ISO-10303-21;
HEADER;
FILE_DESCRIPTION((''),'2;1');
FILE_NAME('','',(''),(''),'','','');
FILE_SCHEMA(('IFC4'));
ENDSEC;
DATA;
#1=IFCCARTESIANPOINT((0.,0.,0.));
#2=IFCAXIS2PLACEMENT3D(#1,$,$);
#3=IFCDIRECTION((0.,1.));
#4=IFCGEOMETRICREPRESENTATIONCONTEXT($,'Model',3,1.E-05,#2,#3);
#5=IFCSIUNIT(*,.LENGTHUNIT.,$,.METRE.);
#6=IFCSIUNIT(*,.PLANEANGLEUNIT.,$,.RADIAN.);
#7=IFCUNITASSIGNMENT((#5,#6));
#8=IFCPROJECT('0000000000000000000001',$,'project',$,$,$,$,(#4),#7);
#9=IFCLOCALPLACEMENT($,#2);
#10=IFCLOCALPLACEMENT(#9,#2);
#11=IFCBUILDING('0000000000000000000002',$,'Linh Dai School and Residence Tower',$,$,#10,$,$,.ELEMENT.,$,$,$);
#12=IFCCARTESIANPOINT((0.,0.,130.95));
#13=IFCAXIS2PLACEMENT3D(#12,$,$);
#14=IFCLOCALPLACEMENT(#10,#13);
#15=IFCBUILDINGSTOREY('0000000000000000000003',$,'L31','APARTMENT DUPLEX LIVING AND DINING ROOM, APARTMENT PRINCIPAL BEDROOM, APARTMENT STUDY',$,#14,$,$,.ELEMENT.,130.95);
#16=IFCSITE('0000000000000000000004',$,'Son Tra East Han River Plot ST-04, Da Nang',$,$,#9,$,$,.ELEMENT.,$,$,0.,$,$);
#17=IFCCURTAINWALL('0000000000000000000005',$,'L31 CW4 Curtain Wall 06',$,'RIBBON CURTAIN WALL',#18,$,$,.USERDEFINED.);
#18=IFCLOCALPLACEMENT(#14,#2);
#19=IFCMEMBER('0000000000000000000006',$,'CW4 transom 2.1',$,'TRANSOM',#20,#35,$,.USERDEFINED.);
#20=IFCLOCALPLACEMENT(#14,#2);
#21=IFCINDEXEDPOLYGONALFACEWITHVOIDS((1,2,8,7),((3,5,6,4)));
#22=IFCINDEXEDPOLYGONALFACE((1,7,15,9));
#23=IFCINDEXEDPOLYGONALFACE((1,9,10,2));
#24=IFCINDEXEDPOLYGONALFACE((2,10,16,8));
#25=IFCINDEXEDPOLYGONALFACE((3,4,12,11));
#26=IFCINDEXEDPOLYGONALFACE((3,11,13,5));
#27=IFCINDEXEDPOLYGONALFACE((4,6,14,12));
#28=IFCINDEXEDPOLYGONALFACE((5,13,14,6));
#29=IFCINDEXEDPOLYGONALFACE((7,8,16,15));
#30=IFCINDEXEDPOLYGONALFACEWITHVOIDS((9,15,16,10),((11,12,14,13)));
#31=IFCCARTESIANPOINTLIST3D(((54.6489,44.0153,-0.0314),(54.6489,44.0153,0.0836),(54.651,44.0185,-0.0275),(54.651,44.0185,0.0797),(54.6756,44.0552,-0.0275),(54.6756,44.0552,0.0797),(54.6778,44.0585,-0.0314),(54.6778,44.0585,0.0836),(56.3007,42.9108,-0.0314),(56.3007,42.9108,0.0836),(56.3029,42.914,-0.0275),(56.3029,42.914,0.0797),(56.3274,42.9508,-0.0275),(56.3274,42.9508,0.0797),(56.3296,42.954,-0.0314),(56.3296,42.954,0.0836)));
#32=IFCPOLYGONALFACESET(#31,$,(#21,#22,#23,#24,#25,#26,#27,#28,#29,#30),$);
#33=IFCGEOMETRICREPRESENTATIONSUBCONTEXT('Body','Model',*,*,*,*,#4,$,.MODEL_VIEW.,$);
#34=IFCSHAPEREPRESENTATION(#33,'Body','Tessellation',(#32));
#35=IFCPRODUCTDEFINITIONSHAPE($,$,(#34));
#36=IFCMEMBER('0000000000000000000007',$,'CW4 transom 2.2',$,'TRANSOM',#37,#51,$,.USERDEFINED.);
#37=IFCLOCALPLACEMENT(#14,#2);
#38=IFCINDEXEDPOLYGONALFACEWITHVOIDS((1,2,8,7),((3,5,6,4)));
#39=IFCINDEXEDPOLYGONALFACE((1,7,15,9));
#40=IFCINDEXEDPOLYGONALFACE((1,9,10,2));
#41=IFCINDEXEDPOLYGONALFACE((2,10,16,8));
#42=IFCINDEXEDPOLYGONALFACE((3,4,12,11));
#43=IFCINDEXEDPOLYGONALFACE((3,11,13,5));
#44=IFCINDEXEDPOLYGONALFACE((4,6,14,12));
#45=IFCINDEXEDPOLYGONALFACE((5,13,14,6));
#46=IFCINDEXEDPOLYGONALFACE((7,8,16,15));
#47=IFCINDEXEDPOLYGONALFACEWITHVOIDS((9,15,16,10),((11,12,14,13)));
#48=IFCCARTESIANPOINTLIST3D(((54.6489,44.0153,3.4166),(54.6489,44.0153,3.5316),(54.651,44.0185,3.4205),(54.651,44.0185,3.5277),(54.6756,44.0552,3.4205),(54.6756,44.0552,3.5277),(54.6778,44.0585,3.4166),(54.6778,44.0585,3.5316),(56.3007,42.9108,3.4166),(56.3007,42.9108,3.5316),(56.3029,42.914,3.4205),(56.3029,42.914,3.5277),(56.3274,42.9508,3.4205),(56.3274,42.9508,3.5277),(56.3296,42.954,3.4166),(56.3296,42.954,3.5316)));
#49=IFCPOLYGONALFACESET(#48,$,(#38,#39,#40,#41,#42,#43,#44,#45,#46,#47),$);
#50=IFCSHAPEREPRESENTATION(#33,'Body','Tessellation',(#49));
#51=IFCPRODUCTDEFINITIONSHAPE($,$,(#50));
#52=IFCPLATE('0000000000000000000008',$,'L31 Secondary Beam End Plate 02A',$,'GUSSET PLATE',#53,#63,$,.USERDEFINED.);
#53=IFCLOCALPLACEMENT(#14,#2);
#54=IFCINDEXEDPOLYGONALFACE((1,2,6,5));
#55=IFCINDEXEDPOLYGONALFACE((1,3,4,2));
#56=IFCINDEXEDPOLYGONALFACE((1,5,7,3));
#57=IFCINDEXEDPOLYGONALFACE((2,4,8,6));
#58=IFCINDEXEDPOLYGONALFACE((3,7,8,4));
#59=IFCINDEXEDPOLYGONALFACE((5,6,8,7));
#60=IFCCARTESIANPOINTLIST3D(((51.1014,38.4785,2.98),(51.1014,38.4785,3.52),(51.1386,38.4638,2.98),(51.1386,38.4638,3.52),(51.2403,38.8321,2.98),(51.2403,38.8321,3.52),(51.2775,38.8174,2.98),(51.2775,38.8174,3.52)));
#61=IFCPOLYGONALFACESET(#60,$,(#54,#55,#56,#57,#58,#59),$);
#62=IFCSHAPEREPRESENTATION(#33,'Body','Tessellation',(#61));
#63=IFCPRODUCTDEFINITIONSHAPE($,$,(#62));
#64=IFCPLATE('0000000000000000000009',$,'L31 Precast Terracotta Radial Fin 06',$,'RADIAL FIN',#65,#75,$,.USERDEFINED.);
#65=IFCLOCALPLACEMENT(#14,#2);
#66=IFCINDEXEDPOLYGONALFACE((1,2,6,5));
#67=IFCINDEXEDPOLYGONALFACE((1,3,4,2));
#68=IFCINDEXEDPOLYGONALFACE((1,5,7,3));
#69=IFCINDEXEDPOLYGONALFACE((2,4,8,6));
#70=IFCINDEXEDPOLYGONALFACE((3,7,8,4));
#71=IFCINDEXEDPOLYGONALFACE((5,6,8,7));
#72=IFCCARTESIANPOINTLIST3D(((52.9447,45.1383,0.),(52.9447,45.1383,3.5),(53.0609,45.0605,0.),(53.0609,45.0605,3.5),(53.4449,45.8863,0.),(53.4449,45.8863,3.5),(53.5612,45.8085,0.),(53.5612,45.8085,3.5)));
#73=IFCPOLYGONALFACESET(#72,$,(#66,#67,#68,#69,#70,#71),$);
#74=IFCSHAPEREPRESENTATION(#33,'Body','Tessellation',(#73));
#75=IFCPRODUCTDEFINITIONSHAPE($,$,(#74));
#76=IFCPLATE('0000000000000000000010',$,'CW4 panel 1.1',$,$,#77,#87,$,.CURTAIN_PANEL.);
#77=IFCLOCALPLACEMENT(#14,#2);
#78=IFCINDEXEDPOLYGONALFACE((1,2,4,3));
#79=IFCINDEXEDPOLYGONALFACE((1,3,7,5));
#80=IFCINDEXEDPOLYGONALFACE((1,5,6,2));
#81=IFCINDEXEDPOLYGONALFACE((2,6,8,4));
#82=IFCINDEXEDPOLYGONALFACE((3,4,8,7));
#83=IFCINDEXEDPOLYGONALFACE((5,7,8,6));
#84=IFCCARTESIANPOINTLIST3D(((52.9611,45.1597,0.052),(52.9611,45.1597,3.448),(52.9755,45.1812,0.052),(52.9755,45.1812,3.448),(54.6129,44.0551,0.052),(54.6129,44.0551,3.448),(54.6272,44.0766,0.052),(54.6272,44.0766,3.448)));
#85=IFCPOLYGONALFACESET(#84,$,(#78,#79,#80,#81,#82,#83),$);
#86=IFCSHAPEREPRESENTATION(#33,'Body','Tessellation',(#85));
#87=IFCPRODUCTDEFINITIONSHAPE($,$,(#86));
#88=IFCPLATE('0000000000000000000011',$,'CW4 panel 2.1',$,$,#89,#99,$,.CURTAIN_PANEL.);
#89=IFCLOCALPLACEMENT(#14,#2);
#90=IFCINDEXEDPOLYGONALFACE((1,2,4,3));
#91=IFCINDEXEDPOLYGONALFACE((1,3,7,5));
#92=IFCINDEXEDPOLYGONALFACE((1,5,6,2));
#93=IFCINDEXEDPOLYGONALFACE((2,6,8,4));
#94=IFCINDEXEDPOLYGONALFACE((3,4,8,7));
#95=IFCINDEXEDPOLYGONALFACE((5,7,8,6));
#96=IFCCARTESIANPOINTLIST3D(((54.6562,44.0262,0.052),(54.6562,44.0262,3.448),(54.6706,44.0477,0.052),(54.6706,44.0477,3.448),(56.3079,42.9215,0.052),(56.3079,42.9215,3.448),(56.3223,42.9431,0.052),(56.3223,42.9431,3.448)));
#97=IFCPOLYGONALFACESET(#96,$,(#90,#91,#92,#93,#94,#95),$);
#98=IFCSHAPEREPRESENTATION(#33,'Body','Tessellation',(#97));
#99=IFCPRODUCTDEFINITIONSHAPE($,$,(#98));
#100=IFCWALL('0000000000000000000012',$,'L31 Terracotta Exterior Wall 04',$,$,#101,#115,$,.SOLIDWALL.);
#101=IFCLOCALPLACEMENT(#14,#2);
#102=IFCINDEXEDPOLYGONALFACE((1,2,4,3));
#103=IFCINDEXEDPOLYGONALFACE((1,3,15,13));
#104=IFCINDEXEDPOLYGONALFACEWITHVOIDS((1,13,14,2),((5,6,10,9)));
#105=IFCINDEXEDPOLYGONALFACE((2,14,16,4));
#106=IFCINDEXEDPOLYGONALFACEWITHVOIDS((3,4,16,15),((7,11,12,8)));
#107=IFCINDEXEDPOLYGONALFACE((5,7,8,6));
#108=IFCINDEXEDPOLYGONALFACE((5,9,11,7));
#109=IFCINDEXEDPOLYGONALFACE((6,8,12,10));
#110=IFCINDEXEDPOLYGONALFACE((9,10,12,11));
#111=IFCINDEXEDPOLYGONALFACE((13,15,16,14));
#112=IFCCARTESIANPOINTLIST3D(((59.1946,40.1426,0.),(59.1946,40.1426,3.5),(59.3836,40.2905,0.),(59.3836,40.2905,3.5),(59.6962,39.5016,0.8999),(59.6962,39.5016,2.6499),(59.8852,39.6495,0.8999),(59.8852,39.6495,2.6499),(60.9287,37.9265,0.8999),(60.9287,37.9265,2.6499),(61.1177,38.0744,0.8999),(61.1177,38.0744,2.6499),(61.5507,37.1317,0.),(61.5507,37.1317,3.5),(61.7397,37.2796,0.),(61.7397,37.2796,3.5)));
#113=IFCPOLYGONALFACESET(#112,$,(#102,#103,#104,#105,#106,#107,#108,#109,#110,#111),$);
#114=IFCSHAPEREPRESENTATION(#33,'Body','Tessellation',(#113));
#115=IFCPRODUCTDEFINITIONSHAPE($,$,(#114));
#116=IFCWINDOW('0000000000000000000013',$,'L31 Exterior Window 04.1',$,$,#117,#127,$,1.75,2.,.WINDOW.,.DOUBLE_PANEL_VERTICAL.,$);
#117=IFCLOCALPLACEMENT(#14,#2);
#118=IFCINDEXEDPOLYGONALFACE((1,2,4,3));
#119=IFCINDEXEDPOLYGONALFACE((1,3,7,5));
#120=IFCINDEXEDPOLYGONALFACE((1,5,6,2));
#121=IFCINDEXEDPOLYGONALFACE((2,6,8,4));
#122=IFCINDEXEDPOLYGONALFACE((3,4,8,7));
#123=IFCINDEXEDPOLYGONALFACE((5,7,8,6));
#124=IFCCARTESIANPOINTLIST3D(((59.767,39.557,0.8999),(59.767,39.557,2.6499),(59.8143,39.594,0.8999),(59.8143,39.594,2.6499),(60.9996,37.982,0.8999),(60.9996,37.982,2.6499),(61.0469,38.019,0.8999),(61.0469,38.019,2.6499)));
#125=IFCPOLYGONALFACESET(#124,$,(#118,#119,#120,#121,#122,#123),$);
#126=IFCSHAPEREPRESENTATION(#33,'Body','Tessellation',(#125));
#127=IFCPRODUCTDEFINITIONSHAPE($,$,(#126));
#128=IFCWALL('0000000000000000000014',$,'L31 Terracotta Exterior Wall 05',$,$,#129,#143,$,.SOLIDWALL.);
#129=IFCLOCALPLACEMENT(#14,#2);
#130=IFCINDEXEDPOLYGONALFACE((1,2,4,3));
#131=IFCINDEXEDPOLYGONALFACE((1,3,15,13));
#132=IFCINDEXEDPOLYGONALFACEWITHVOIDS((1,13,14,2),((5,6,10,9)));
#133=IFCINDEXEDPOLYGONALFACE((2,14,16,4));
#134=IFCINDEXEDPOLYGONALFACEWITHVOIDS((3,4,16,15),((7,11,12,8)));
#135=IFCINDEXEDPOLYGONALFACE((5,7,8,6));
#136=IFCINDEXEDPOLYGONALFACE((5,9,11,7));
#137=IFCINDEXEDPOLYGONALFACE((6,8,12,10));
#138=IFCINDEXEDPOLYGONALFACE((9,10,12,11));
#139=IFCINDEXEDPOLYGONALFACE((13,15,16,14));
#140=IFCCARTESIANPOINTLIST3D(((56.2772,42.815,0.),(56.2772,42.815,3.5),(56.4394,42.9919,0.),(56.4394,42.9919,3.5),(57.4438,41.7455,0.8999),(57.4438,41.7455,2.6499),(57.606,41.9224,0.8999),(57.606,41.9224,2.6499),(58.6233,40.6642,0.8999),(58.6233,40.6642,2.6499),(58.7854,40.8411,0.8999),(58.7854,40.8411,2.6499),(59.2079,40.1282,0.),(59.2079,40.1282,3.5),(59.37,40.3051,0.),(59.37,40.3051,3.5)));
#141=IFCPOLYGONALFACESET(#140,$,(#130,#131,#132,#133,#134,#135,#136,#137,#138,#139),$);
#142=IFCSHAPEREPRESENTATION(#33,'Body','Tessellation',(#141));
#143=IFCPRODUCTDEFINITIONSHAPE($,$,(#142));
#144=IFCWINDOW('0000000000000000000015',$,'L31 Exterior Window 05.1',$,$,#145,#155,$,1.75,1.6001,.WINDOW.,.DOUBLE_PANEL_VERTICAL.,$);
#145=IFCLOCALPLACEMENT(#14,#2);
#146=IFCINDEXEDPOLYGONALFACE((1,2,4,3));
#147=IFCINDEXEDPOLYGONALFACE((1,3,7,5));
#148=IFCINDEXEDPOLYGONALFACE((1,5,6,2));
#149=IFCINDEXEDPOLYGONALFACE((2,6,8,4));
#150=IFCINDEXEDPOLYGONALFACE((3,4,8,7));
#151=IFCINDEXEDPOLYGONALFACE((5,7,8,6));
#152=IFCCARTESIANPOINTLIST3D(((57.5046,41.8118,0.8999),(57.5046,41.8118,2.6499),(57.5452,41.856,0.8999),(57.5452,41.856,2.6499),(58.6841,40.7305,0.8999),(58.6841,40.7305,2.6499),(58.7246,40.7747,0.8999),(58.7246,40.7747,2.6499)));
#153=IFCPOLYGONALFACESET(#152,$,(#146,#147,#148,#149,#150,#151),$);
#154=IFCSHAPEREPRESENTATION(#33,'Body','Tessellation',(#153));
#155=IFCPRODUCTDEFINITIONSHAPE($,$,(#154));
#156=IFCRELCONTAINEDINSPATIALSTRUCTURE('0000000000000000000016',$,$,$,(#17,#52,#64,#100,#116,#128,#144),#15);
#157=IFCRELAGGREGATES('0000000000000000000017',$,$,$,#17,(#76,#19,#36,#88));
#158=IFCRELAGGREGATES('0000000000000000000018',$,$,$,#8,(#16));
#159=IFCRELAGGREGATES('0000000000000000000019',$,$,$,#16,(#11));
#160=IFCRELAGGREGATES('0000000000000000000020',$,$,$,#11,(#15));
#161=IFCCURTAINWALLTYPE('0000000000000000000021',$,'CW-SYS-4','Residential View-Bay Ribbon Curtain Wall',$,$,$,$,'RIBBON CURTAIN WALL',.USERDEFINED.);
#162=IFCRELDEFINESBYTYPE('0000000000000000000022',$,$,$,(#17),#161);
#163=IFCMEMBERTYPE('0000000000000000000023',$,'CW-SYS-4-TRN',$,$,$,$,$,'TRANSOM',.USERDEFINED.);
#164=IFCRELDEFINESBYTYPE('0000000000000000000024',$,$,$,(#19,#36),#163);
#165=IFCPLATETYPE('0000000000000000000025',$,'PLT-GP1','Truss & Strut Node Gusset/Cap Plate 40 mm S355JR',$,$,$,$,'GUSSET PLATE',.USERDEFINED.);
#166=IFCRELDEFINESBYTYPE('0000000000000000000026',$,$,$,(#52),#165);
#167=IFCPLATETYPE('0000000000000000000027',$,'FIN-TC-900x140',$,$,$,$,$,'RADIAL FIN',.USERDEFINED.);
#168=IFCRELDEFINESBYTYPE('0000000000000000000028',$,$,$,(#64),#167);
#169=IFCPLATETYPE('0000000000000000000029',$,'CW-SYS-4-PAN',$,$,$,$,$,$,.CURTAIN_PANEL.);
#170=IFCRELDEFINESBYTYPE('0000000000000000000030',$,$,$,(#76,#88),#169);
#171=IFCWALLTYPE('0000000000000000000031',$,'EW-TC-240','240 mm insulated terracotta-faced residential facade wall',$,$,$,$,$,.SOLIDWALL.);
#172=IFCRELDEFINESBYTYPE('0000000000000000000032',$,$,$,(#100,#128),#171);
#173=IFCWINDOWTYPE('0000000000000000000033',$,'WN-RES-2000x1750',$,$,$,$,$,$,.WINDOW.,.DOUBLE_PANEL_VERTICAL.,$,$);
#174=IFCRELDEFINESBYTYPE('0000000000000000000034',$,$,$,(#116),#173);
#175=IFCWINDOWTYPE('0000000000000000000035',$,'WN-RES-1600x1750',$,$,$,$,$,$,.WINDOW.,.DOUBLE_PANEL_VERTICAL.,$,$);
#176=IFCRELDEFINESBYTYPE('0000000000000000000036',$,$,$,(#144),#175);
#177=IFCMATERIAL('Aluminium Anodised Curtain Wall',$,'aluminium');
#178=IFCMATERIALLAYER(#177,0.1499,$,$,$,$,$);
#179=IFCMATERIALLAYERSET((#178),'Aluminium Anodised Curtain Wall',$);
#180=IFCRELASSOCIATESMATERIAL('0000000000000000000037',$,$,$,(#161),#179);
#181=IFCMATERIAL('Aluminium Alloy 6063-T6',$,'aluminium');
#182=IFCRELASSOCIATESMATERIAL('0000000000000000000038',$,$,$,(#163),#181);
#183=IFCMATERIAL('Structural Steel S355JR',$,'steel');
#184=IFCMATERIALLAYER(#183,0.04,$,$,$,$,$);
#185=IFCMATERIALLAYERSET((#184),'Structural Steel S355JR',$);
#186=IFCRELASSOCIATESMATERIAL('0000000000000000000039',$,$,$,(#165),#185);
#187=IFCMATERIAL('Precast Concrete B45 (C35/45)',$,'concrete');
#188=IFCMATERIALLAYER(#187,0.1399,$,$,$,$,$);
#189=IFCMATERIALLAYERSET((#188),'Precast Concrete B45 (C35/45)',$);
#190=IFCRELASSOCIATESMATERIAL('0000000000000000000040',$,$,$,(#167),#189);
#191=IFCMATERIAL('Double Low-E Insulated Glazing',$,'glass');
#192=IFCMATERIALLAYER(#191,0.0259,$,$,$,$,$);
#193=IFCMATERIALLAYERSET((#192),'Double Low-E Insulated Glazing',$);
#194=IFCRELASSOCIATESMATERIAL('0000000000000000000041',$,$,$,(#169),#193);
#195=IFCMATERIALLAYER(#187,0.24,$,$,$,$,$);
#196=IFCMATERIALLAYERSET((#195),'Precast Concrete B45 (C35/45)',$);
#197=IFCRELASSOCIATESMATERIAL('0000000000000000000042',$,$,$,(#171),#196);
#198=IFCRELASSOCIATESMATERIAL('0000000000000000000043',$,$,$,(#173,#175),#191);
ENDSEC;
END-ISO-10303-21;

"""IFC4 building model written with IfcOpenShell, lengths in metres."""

from ifc_helpers import new_model, si_unit, direction, frame, frame_2d, origin, origin_2d, place, context, subcontext, project, spatial, rectangle, hollow_rectangle, extrude, source, transform, mapped, material, layer, layer_set, material_profile, profile_set, type_object, element, fill, aggregate, save


model = new_model("IFC4")

# Units and contexts
model_context = context("Model", 3, precision=1e-05, world=origin(), true_north=direction((0.0, 1.0)))
body_context = subcontext(model_context, "Body", "Model", "MODEL_VIEW")
ifc_project = project(units=[si_unit("LENGTHUNIT", "METRE"), si_unit("PLANEANGLEUNIT", "RADIAN")], contexts=[model_context])

# Site, building, storey
site_placement = place(None, origin())
site = spatial("IfcSite", under=ifc_project, at=site_placement, Name="Son Tra East Han River Plot ST-04, Da Nang", CompositionType="ELEMENT", RefElevation=0.0)
building_placement = place(site_placement, origin())
building = spatial("IfcBuilding", under=site, at=building_placement, Name="Linh Dai School and Residence Tower", CompositionType="ELEMENT")
storey_placement = place(building_placement, frame((0.0, 0.0, 130.95)))
storey = spatial("IfcBuildingStorey", under=building, at=storey_placement, Name="L31", Description="APARTMENT DUPLEX LIVING AND DINING ROOM, APARTMENT PRINCIPAL BEDROOM, APARTMENT STUDY", CompositionType="ELEMENT", Elevation=130.95)

# Shared definitions
ifc_material_1 = material(Name="Structural Steel S355JR", Category="steel")

# Curtain wall, members
ifc_material_2 = material(Name="Aluminium Anodised Curtain Wall", Category="aluminium")
ifc_layer_1 = layer(ifc_material_2, 0.1499)
ifc_layer_set_1 = layer_set([ifc_layer_1], Name="Aluminium Anodised Curtain Wall")
curtain_wall_type = type_object("IfcCurtainWallType", Name="CW-SYS-4", Description="Residential View-Bay Ribbon Curtain Wall", ElementType="RIBBON CURTAIN WALL", PredefinedType="USERDEFINED", material=ifc_layer_set_1)
curtain_wall_placement = place(storey_placement, origin())
curtain_wall = element("IfcCurtainWall", 1, at=curtain_wall_placement, inside=storey, type_object=curtain_wall_type, Name="L31 CW4 Curtain Wall 06", ObjectType="RIBBON CURTAIN WALL", PredefinedType="USERDEFINED")
ifc_material_3 = material(Name="Aluminium Alloy 6063-T6", Category="aluminium")
ifc_material_profile_1 = material_profile(ifc_material_3, hollow_rectangle(XDim=0.052, YDim=0.115, WallThickness=0.0039, at=origin_2d()), Name="RHS 115x52x4")
ifc_profile_set_1 = profile_set([ifc_material_profile_1], Name="Aluminium Alloy 6063-T6")
member_type_1 = type_object("IfcMemberType", Name="CW-SYS-4-TRN", ElementType="TRANSOM", PredefinedType="USERDEFINED", material=ifc_profile_set_1)
shared_shape_1 = source(origin(), body_context, "Body", "SweptSolid", [
    extrude(hollow_rectangle(XDim=0.052, YDim=0.115, WallThickness=0.0039, at=origin_2d()), origin(), (0.0, 0.0, 1.0), 1.9871),
])
member_1_placement = place(storey_placement, frame((54.6633, 44.0369, 0.0261), z_axis=(0.831293, -0.555834, 0.0), x_axis=(0.555834, 0.831293, 0.0)))
member_1 = element("IfcMember", 2, at=member_1_placement, type_object=member_type_1, Name="CW4 transom 2.1", ObjectType="TRANSOM", PredefinedType="USERDEFINED", context=body_context, shape_type="MappedRepresentation", body=[
    mapped(shared_shape_1, transform((0.0, 0.0, 0.0), x_axis=(1.0, 0.0, 0.0), y_axis=(0.0, 1.0, 0.0), z_axis=(0.0, 0.0, 1.0), scale=1.0)),
])
member_2_placement = place(storey_placement, frame((54.6633, 44.0369, 3.4741), z_axis=(0.831293, -0.555834, 0.0), x_axis=(0.555834, 0.831293, 0.0)))
member_2 = element("IfcMember", 3, at=member_2_placement, type_object=member_type_1, Name="CW4 transom 2.2", ObjectType="TRANSOM", PredefinedType="USERDEFINED", context=body_context, shape_type="MappedRepresentation", body=[
    mapped(shared_shape_1, transform((0.0, 0.0, 0.0), x_axis=(1.0, 0.0, 0.0), y_axis=(0.0, 1.0, 0.0), z_axis=(0.0, 0.0, 1.0), scale=1.0)),
])

# Plates
ifc_layer_2 = layer(ifc_material_1, 0.04)
ifc_layer_set_2 = layer_set([ifc_layer_2], Name="Structural Steel S355JR")
plate_type_1 = type_object("IfcPlateType", Name="PLT-GP1", Description="Truss & Strut Node Gusset/Cap Plate 40 mm S355JR", ElementType="GUSSET PLATE", PredefinedType="USERDEFINED", material=ifc_layer_set_2)
shared_shape_2 = source(origin(), body_context, "Body", "SweptSolid", [
    extrude(rectangle(XDim=0.04, YDim=0.3799, at=origin_2d()), origin(), (0.0, 0.0, 1.0), 0.54),
])
plate_1_placement = place(storey_placement, frame((51.1895, 38.6479, 2.98), z_axis=(0.0, 0.0, 1.0), x_axis=(-0.930752, 0.36565, 0.0)))
element("IfcPlate", 4, at=plate_1_placement, inside=storey, type_object=plate_type_1, Name="L31 Secondary Beam End Plate 02A", ObjectType="GUSSET PLATE", PredefinedType="USERDEFINED", context=body_context, shape_type="MappedRepresentation", body=[
    mapped(shared_shape_2, transform((0.0, 0.0, 0.0), x_axis=(1.0, 0.0, 0.0), y_axis=(0.0, 1.0, 0.0), z_axis=(0.0, 0.0, 1.0), scale=1.0)),
])
ifc_material_4 = material(Name="Precast Concrete B45 (C35/45)", Category="concrete")
ifc_layer_3 = layer(ifc_material_4, 0.1399)
ifc_layer_set_3 = layer_set([ifc_layer_3], Name="Precast Concrete B45 (C35/45)")
plate_type_2 = type_object("IfcPlateType", Name="FIN-TC-900x140", ElementType="RADIAL FIN", PredefinedType="USERDEFINED", material=ifc_layer_set_3)
shared_shape_3 = source(origin(), body_context, "Body", "SweptSolid", [
    extrude(rectangle(XDim=0.8999, YDim=0.1399, at=origin_2d()), origin(), (0.0, 0.0, 1.0), 3.5),
])
plate_2_placement = place(storey_placement, frame((53.2529, 45.4734, 0.0), z_axis=(0.0, 0.0, 1.0), x_axis=(0.555913, 0.83124, 0.0)))
element("IfcPlate", 5, at=plate_2_placement, inside=storey, type_object=plate_type_2, Name="L31 Precast Terracotta Radial Fin 06", ObjectType="RADIAL FIN", PredefinedType="USERDEFINED", context=body_context, shape_type="MappedRepresentation", body=[
    mapped(shared_shape_3, transform((0.0, 0.0, 0.0), x_axis=(1.0, 0.0, 0.0), y_axis=(0.0, 1.0, 0.0), z_axis=(0.0, 0.0, 1.0), scale=1.0)),
])

# Plates
ifc_material_5 = material(Name="Double Low-E Insulated Glazing", Category="glass")
ifc_layer_4 = layer(ifc_material_5, 0.0259)
ifc_layer_set_4 = layer_set([ifc_layer_4], Name="Double Low-E Insulated Glazing")
plate_type_3 = type_object("IfcPlateType", Name="CW-SYS-4-PAN", PredefinedType="CURTAIN_PANEL", material=ifc_layer_set_4)
shared_shape_4 = source(origin(), body_context, "Body", "SweptSolid", [
    extrude(rectangle(XDim=1.9871, YDim=0.0259, at=origin_2d()), origin(), (0.0, 0.0, 1.0), 3.396),
])
plate_3_placement = place(storey_placement, frame((53.7942, 44.6182, 0.052), z_axis=(0.0, 0.0, 1.0), x_axis=(0.83124, -0.555913, 0.0)))
plate_3 = element("IfcPlate", 6, at=plate_3_placement, type_object=plate_type_3, Name="CW4 panel 1.1", PredefinedType="CURTAIN_PANEL", context=body_context, shape_type="MappedRepresentation", body=[
    mapped(shared_shape_4, transform((0.0, 0.0, 0.0), x_axis=(1.0, 0.0, 0.0), y_axis=(0.0, 1.0, 0.0), z_axis=(0.0, 0.0, 1.0), scale=1.0)),
])
plate_4_placement = place(storey_placement, frame((55.4893, 43.4846, 0.052), z_axis=(0.0, 0.0, 1.0), x_axis=(0.83124, -0.555913, 0.0)))
plate_4 = element("IfcPlate", 7, at=plate_4_placement, type_object=plate_type_3, Name="CW4 panel 2.1", PredefinedType="CURTAIN_PANEL", context=body_context, shape_type="MappedRepresentation", body=[
    mapped(shared_shape_4, transform((0.0, 0.0, 0.0), x_axis=(1.0, 0.0, 0.0), y_axis=(0.0, 1.0, 0.0), z_axis=(0.0, 0.0, 1.0), scale=1.0)),
])
aggregate(curtain_wall, [plate_3, member_1, member_2, plate_4])

# Walls, openings, windows
ifc_layer_5 = layer(ifc_material_4, 0.24)
ifc_layer_set_5 = layer_set([ifc_layer_5], Name="Precast Concrete B45 (C35/45)")
wall_type_1 = type_object("IfcWallType", Name="EW-TC-240", Description="240 mm insulated terracotta-faced residential facade wall", PredefinedType="SOLIDWALL", material=ifc_layer_set_5)
wall_1_placement = place(storey_placement, frame((59.2891, 40.2166, 0.0), z_axis=(0.0, 0.0, 1.0), x_axis=(0.616272, -0.787533, 0.0)))
wall_1 = element("IfcWall", 8, at=wall_1_placement, inside=storey, type_object=wall_type_1, Name="L31 Terracotta Exterior Wall 04", PredefinedType="SOLIDWALL", context=body_context, shape_type="SweptSolid", body=[
    extrude(rectangle(XDim=3.8232, YDim=0.24, at=frame_2d((1.9116, 0.0))), origin(), (0.0, 0.0, 1.0), 3.5),
])
opening_1_placement = place(wall_1_placement, frame((0.814, 0.0, 0.8999)))
opening_1 = element("IfcOpeningElement", 9, at=opening_1_placement, cuts=wall_1, PredefinedType="OPENING", context=body_context, shape_type="SweptSolid", body=[
    extrude(rectangle(XDim=2.0, YDim=1.75, at=origin_2d()), frame((1.0, 0.1299, 0.875), z_axis=(0.0, -1.0, 0.0), x_axis=(1.0, 0.0, 0.0)), (0.0, 0.0, 1.0), 0.26),
])
window_type_1 = type_object("IfcWindowType", Name="WN-RES-2000x1750", PartitioningType="DOUBLE_PANEL_VERTICAL", PredefinedType="WINDOW", material=ifc_material_5)
shared_shape_5 = source(origin(), body_context, "Body", "SweptSolid", [
    extrude(rectangle(XDim=2.0, YDim=1.75, at=origin_2d()), frame((1.0, 0.03, 0.875), z_axis=(0.0, -1.0, 0.0), x_axis=(1.0, 0.0, 0.0)), (0.0, 0.0, 1.0), 0.0601),
])
window_1_placement = place(opening_1_placement, origin())
window_1 = element("IfcWindow", 10, at=window_1_placement, inside=storey, type_object=window_type_1, Name="L31 Exterior Window 04.1", OverallHeight=1.75, OverallWidth=2.0, PartitioningType="DOUBLE_PANEL_VERTICAL", PredefinedType="WINDOW", context=body_context, shape_type="MappedRepresentation", body=[
    mapped(shared_shape_5, transform((0.0, 0.0, 0.0), x_axis=(1.0, 0.0, 0.0), y_axis=(0.0, 1.0, 0.0), z_axis=(0.0, 0.0, 1.0), scale=1.0)),
])
fill(opening_1, window_1)
wall_2_placement = place(storey_placement, frame((56.3584, 42.9033, 0.0), z_axis=(0.0, 0.0, 1.0), x_axis=(0.737113, -0.675769, 0.0)))
wall_2 = element("IfcWall", 11, at=wall_2_placement, inside=storey, type_object=wall_type_1, Name="L31 Terracotta Exterior Wall 05", PredefinedType="SOLIDWALL", context=body_context, shape_type="SweptSolid", body=[
    extrude(rectangle(XDim=3.9758, YDim=0.24, at=frame_2d((1.9878, 0.0))), origin(), (0.0, 0.0, 1.0), 3.5),
])
opening_2_placement = place(wall_2_placement, frame((1.5825, 0.0, 0.8999)))
opening_2 = element("IfcOpeningElement", 12, at=opening_2_placement, cuts=wall_2, PredefinedType="OPENING", context=body_context, shape_type="SweptSolid", body=[
    extrude(rectangle(XDim=1.6001, YDim=1.75, at=origin_2d()), frame((0.8, 0.1299, 0.875), z_axis=(0.0, -1.0, 0.0), x_axis=(1.0, 0.0, 0.0)), (0.0, 0.0, 1.0), 0.26),
])
window_type_2 = type_object("IfcWindowType", Name="WN-RES-1600x1750", PartitioningType="DOUBLE_PANEL_VERTICAL", PredefinedType="WINDOW", material=ifc_material_5)
shared_shape_6 = source(origin(), body_context, "Body", "SweptSolid", [
    extrude(rectangle(XDim=1.6001, YDim=1.75, at=origin_2d()), frame((0.8, 0.03, 0.875), z_axis=(0.0, -1.0, 0.0), x_axis=(1.0, 0.0, 0.0)), (0.0, 0.0, 1.0), 0.0601),
])
window_2_placement = place(opening_2_placement, origin())
window_2 = element("IfcWindow", 13, at=window_2_placement, inside=storey, type_object=window_type_2, Name="L31 Exterior Window 05.1", OverallHeight=1.75, OverallWidth=1.6001, PartitioningType="DOUBLE_PANEL_VERTICAL", PredefinedType="WINDOW", context=body_context, shape_type="MappedRepresentation", body=[
    mapped(shared_shape_6, transform((0.0, 0.0, 0.0), x_axis=(1.0, 0.0, 0.0), y_axis=(0.0, 1.0, 0.0), z_axis=(0.0, 0.0, 1.0), scale=1.0)),
])
fill(opening_2, window_2)

save(model, "model.ifc")
